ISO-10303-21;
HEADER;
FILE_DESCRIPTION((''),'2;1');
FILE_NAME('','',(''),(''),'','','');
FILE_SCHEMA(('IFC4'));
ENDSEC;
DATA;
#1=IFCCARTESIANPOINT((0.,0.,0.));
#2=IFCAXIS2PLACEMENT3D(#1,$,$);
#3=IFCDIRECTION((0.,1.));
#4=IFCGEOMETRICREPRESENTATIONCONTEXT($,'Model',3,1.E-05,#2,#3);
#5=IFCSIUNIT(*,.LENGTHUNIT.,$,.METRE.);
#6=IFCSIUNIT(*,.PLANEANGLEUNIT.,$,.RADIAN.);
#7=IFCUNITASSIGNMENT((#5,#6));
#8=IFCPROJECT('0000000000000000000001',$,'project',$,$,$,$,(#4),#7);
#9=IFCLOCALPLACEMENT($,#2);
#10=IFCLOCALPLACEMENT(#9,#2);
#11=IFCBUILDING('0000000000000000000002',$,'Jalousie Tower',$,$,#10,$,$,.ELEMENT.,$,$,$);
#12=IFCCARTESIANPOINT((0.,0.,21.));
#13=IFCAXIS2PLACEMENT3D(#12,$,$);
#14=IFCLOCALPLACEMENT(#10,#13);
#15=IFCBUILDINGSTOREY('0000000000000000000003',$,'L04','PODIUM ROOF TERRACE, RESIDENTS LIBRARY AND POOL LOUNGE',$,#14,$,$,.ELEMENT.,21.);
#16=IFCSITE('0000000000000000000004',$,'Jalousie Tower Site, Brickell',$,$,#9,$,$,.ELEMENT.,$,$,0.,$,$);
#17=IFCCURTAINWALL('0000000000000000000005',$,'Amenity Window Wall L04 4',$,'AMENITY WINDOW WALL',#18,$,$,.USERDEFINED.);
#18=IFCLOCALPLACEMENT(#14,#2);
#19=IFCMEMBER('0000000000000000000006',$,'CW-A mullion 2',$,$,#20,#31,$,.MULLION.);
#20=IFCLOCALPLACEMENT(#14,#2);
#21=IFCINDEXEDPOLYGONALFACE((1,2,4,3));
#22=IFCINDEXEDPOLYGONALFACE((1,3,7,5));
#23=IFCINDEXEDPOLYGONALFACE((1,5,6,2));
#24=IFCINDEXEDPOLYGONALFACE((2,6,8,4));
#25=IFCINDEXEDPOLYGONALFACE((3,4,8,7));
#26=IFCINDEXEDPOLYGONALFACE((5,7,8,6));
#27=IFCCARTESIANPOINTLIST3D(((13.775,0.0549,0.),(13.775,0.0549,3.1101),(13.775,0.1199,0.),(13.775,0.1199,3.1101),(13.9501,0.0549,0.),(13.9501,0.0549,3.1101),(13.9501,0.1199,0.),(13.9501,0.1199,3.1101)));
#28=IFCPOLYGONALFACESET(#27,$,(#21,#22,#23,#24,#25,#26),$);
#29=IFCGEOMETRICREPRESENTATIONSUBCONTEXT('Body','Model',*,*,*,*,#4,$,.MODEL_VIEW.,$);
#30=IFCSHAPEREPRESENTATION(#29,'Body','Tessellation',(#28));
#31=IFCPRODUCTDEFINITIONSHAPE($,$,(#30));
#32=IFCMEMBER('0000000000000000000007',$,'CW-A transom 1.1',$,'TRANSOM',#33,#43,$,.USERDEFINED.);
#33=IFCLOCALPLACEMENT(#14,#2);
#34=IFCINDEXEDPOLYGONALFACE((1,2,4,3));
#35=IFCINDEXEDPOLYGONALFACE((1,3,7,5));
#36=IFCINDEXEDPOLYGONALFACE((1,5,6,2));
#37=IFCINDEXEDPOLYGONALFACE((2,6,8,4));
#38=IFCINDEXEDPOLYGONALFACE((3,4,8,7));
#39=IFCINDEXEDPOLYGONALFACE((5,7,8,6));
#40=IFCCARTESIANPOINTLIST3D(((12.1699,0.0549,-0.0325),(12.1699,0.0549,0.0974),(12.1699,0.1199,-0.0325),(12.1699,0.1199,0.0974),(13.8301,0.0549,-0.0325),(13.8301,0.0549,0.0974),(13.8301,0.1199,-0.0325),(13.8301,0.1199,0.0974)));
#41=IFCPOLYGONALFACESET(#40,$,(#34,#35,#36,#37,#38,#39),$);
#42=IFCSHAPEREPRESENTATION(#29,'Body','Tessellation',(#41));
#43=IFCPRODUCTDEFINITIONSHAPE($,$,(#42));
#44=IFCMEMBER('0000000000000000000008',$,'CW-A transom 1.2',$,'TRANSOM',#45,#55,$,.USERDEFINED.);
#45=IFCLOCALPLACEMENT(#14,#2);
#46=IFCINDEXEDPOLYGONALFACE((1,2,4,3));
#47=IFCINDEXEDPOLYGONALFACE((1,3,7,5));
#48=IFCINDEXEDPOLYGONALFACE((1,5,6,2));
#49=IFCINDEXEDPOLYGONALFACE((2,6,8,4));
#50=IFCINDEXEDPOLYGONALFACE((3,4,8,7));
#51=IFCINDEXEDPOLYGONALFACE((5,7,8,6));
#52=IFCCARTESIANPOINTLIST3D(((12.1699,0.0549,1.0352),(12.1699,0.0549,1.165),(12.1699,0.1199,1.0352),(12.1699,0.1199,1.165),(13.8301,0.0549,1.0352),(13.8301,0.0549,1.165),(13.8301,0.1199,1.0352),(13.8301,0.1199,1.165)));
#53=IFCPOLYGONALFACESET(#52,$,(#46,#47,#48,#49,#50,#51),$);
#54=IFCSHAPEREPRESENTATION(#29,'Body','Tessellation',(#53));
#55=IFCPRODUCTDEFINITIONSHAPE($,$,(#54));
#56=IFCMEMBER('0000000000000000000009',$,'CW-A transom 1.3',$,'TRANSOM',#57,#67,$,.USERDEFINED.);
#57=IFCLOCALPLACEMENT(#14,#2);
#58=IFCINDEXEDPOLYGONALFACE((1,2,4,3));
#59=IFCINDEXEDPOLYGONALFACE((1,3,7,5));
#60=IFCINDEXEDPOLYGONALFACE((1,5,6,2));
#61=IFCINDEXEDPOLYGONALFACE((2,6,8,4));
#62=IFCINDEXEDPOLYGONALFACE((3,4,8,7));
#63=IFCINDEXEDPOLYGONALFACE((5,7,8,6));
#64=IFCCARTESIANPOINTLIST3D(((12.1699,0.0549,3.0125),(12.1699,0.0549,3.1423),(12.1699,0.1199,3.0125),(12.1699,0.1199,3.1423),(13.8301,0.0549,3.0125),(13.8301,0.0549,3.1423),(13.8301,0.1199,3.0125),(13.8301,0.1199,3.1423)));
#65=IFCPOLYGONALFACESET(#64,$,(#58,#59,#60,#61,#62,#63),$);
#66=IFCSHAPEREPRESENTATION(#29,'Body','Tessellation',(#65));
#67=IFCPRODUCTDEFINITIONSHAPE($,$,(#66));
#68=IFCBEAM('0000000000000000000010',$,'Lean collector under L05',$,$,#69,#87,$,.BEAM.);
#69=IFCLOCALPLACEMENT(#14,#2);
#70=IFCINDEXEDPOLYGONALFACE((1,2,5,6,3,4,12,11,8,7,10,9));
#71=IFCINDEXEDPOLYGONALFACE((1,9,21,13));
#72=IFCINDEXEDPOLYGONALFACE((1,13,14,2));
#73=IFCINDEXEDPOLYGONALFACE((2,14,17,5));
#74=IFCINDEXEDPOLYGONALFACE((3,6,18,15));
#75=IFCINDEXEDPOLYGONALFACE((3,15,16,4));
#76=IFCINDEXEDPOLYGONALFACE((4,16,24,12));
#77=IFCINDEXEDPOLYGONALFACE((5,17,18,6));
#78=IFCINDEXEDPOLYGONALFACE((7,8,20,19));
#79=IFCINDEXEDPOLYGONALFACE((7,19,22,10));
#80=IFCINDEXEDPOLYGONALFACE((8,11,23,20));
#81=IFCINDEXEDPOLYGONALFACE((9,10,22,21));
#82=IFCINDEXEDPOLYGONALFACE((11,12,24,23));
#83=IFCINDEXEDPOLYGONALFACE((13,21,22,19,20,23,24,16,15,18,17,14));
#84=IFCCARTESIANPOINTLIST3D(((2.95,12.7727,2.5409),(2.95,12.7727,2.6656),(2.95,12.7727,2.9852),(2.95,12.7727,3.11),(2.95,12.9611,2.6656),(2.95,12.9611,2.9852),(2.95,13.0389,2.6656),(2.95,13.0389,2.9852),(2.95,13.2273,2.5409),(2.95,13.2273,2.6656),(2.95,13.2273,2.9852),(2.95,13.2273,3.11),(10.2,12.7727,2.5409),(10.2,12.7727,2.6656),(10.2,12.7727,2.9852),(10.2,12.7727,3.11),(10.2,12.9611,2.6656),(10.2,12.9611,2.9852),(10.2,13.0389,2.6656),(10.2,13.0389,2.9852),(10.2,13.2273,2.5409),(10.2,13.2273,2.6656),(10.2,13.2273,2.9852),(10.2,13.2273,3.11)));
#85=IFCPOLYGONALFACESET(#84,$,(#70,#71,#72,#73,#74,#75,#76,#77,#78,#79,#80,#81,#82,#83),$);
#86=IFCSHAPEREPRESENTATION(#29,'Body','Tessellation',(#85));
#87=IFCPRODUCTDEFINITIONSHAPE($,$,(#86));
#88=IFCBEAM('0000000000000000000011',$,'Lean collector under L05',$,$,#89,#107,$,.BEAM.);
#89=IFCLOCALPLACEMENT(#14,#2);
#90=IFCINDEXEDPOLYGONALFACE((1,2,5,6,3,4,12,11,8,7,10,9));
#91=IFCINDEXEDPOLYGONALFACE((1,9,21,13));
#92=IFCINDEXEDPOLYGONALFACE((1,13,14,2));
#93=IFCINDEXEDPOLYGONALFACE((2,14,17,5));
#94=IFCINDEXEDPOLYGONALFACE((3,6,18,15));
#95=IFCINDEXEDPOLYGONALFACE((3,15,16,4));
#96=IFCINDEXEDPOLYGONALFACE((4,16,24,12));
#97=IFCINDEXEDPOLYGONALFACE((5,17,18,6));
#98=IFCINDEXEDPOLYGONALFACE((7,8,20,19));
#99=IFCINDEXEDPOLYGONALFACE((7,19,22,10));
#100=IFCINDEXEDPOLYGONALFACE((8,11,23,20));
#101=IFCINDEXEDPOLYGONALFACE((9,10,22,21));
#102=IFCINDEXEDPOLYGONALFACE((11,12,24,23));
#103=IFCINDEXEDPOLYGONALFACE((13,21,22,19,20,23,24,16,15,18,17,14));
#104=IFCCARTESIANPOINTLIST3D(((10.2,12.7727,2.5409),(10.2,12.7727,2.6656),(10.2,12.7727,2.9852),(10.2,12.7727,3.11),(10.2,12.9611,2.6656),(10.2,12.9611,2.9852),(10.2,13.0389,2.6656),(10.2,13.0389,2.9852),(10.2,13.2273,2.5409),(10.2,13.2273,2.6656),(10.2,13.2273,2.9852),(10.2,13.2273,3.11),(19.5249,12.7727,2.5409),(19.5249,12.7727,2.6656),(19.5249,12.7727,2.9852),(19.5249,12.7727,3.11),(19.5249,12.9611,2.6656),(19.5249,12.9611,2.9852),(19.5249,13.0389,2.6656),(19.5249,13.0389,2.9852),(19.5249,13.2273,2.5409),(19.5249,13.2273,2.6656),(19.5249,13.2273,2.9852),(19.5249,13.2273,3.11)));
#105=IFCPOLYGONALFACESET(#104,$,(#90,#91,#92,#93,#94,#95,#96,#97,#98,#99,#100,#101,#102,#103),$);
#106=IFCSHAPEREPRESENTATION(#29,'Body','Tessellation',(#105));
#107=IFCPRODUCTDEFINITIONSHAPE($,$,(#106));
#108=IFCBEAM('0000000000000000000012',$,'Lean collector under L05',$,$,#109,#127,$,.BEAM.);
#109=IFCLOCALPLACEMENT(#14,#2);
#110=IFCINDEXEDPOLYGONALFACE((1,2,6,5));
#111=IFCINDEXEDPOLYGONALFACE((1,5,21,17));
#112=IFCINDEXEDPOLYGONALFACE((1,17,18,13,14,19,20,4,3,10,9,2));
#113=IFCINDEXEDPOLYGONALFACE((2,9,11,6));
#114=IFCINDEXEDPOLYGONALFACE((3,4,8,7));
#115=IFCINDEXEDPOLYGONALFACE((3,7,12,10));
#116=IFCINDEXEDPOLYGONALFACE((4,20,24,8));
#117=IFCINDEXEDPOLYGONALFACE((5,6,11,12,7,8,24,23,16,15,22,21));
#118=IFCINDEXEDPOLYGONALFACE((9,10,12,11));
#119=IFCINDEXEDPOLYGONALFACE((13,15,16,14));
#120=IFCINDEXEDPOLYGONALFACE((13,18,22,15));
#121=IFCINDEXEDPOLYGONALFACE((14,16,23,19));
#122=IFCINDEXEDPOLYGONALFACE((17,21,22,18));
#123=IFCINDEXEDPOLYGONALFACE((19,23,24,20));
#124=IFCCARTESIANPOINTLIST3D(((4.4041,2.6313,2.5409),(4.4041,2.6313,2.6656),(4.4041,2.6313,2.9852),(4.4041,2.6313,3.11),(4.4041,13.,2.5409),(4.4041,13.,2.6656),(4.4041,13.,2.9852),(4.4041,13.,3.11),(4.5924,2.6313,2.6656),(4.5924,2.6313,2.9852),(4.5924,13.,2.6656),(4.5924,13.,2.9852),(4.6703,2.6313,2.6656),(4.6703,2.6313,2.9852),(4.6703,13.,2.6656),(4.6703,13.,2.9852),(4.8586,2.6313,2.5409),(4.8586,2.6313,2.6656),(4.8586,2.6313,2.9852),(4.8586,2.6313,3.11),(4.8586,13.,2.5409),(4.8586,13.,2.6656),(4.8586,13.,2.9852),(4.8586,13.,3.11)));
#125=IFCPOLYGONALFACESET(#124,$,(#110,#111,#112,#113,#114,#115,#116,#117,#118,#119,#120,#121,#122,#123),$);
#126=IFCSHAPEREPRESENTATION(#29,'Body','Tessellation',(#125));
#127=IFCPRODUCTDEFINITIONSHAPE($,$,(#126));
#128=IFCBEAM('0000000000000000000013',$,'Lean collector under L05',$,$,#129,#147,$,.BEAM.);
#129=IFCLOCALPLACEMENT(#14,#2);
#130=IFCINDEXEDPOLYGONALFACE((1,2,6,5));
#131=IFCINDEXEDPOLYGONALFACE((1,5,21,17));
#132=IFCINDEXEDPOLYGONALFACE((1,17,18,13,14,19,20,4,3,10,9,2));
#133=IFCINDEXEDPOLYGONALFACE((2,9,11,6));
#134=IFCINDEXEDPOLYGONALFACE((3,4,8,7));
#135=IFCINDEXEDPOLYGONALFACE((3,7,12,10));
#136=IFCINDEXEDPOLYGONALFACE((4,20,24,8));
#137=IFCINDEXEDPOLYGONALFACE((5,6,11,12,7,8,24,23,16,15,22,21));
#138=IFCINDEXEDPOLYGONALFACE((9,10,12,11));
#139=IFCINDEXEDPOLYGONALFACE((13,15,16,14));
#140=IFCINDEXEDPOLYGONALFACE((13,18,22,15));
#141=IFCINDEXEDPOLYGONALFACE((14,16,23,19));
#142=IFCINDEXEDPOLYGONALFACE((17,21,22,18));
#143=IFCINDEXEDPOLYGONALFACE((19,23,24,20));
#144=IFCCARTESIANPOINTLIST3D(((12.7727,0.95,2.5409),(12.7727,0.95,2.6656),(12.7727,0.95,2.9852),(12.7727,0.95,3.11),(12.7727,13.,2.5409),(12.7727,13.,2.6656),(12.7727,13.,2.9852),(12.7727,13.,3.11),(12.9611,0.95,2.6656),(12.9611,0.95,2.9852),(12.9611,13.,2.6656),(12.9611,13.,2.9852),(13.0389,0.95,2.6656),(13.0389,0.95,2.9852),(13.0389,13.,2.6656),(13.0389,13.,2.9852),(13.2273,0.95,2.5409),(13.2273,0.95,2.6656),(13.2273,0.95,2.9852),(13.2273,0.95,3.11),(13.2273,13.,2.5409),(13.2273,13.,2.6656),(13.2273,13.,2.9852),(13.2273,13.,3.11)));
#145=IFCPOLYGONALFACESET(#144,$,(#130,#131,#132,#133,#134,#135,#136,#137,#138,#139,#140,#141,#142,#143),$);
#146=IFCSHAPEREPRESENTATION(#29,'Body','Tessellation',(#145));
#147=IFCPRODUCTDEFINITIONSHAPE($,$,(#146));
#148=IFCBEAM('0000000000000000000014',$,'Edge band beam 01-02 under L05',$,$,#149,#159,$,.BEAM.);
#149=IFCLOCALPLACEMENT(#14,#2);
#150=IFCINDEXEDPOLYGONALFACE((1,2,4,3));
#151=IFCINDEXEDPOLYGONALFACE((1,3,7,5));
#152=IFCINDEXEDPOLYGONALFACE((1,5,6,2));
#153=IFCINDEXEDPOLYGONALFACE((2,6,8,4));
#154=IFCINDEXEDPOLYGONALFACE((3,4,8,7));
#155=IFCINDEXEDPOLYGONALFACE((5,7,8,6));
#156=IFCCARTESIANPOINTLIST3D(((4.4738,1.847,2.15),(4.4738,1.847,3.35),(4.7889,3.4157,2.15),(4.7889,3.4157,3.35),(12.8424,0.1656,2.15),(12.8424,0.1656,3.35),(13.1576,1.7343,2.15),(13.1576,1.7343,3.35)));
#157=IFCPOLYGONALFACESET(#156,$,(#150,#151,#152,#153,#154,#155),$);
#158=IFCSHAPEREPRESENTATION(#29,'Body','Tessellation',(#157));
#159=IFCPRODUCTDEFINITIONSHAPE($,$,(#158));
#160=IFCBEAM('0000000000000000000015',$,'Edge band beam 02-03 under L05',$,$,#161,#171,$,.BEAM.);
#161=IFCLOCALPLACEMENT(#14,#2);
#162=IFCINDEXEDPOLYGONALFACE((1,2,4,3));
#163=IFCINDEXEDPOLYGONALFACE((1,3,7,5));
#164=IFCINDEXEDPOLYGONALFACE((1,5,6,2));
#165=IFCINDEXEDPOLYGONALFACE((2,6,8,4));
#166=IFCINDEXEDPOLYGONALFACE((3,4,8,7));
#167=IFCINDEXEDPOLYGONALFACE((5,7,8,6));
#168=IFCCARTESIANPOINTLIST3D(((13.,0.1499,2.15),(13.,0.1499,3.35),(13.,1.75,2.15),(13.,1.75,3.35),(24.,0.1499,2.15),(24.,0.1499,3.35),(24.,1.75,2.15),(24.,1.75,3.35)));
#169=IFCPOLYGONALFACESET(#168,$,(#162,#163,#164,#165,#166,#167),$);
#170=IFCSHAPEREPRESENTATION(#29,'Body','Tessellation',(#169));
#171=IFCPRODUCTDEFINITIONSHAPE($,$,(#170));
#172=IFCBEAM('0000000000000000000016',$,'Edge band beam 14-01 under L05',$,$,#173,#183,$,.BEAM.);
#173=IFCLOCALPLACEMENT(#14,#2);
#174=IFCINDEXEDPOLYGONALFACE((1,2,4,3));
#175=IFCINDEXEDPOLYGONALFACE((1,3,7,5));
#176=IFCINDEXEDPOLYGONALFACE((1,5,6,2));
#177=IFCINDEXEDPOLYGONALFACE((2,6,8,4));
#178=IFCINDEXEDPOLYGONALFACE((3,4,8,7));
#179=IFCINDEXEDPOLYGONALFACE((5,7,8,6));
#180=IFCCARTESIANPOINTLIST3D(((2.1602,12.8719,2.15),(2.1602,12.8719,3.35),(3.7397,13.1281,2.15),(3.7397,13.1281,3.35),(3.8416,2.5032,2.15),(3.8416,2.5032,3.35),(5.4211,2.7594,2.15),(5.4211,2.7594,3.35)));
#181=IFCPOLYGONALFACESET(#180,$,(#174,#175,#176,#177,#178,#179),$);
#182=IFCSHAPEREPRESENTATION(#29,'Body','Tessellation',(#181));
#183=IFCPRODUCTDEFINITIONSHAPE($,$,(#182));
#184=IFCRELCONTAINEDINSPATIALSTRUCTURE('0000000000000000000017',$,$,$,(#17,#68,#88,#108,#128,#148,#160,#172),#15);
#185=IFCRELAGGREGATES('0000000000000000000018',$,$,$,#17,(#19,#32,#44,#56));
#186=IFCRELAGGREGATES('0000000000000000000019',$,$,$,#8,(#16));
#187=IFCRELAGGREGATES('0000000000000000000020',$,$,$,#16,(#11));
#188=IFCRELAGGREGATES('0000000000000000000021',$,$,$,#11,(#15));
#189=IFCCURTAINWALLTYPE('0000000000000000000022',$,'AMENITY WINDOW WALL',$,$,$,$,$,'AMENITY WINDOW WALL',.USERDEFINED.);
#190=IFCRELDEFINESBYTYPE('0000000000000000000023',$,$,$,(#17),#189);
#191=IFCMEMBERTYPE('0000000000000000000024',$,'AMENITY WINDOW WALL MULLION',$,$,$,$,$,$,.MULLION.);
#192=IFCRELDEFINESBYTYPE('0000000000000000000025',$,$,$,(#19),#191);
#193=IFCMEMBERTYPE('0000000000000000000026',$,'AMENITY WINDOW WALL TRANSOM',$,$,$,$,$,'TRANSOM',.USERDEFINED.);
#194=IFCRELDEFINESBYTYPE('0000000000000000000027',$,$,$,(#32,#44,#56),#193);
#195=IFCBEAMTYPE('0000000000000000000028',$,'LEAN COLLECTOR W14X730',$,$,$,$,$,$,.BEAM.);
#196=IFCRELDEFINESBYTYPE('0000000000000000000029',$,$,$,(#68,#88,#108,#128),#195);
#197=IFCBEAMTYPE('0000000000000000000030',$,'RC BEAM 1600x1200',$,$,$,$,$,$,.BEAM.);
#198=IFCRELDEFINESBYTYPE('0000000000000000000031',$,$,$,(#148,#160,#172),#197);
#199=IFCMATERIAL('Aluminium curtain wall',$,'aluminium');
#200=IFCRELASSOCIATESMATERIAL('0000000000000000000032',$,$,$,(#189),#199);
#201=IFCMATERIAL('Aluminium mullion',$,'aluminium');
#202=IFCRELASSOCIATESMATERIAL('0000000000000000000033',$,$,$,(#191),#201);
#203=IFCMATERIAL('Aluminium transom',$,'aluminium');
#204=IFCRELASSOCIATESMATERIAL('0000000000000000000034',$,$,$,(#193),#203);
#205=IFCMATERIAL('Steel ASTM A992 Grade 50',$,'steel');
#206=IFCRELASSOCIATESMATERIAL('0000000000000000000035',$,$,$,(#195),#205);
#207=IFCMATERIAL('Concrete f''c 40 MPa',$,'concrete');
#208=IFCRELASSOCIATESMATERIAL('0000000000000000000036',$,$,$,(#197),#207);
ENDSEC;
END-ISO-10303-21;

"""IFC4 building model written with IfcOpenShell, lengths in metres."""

from ifc_helpers import new_model, si_unit, direction, frame, origin, origin_2d, place, context, subcontext, project, spatial, rectangle, i_section, extrude, material, material_profile, profile_set, type_object, element, aggregate, save


model = new_model("IFC4")

# Units and contexts
model_context = context("Model", 3, precision=1e-05, world=origin(), true_north=direction((0.0, 1.0)))
body_context = subcontext(model_context, "Body", "Model", "MODEL_VIEW")
ifc_project = project(units=[si_unit("LENGTHUNIT", "METRE"), si_unit("PLANEANGLEUNIT", "RADIAN")], contexts=[model_context])

# Site, building, storey
site_placement = place(None, origin())
site = spatial("IfcSite", under=ifc_project, at=site_placement, Name="Jalousie Tower Site, Brickell", CompositionType="ELEMENT", RefElevation=0.0)
building_placement = place(site_placement, origin())
building = spatial("IfcBuilding", under=site, at=building_placement, Name="Jalousie Tower", CompositionType="ELEMENT")
storey_placement = place(building_placement, frame((0.0, 0.0, 21.0)))
storey = spatial("IfcBuildingStorey", under=building, at=storey_placement, Name="L04", Description="PODIUM ROOF TERRACE, RESIDENTS LIBRARY AND POOL LOUNGE", CompositionType="ELEMENT", Elevation=21.0)

# Curtain wall, members
ifc_material_1 = material(Name="Aluminium curtain wall", Category="aluminium")
curtain_wall_type_1 = type_object("IfcCurtainWallType", Name="AMENITY WINDOW WALL", ElementType="AMENITY WINDOW WALL", PredefinedType="USERDEFINED", material=ifc_material_1)
curtain_wall_1_placement = place(storey_placement, origin())
curtain_wall_1 = element("IfcCurtainWall", 1, at=curtain_wall_1_placement, inside=storey, type_object=curtain_wall_type_1, Name="Amenity Window Wall L04 4", ObjectType="AMENITY WINDOW WALL", PredefinedType="USERDEFINED")
ifc_material_2 = material(Name="Aluminium mullion", Category="aluminium")
ifc_material_profile_1 = material_profile(ifc_material_2, rectangle(XDim=0.0649, YDim=0.175, at=origin_2d()), Name="MULLION 65x175")
ifc_profile_set_1 = profile_set([ifc_material_profile_1], Name="Aluminium mullion")
member_type_1 = type_object("IfcMemberType", Name="AMENITY WINDOW WALL MULLION", PredefinedType="MULLION", material=ifc_profile_set_1)
member_1_placement = place(storey_placement, frame((13.8625, 0.0874, 0.0), z_axis=(0.0, 0.0, 1.0), x_axis=(0.0, 1.0, 0.0)))
member_1 = element("IfcMember", 2, at=member_1_placement, type_object=member_type_1, Name="CW-A mullion 2", PredefinedType="MULLION", context=body_context, shape_type="SweptSolid", body=[
    extrude(rectangle(XDim=0.0649, YDim=0.175, at=origin_2d()), origin(), (0.0, 0.0, 1.0), 3.1101),
])
ifc_material_3 = material(Name="Aluminium transom", Category="aluminium")
ifc_material_profile_2 = material_profile(ifc_material_3, rectangle(XDim=0.0649, YDim=0.1299, at=origin_2d()), Name="TRANSOM 65x130")
ifc_profile_set_2 = profile_set([ifc_material_profile_2], Name="Aluminium transom")
member_type_2 = type_object("IfcMemberType", Name="AMENITY WINDOW WALL TRANSOM", ElementType="TRANSOM", PredefinedType="USERDEFINED", material=ifc_profile_set_2)
member_2_placement = place(storey_placement, frame((12.1699, 0.0874, 0.0325), z_axis=(1.0, 0.0, 0.0), x_axis=(0.0, 1.0, 0.0)))
member_2 = element("IfcMember", 3, at=member_2_placement, type_object=member_type_2, Name="CW-A transom 1.1", ObjectType="TRANSOM", PredefinedType="USERDEFINED", context=body_context, shape_type="SweptSolid", body=[
    extrude(rectangle(XDim=0.0649, YDim=0.1299, at=origin_2d()), origin(), (0.0, 0.0, 1.0), 1.6602),
])
member_3_placement = place(storey_placement, frame((12.1699, 0.0874, 1.1001), z_axis=(1.0, 0.0, 0.0), x_axis=(0.0, 1.0, 0.0)))
member_3 = element("IfcMember", 4, at=member_3_placement, type_object=member_type_2, Name="CW-A transom 1.2", ObjectType="TRANSOM", PredefinedType="USERDEFINED", context=body_context, shape_type="SweptSolid", body=[
    extrude(rectangle(XDim=0.0649, YDim=0.1299, at=origin_2d()), origin(), (0.0, 0.0, 1.0), 1.6602),
])
member_4_placement = place(storey_placement, frame((12.1699, 0.0874, 3.0774), z_axis=(1.0, 0.0, 0.0), x_axis=(0.0, 1.0, 0.0)))
member_4 = element("IfcMember", 5, at=member_4_placement, type_object=member_type_2, Name="CW-A transom 1.3", ObjectType="TRANSOM", PredefinedType="USERDEFINED", context=body_context, shape_type="SweptSolid", body=[
    extrude(rectangle(XDim=0.0649, YDim=0.1299, at=origin_2d()), origin(), (0.0, 0.0, 1.0), 1.6602),
])

# Beams
ifc_material_4 = material(Name="Steel ASTM A992 Grade 50", Category="steel")
ifc_material_profile_3 = material_profile(ifc_material_4, i_section(OverallWidth=0.4546, OverallDepth=0.5691, WebThickness=0.0779, FlangeThickness=0.1248, at=origin_2d()), Name="W14X730")
ifc_profile_set_3 = profile_set([ifc_material_profile_3], Name="Steel ASTM A992 Grade 50")
beam_type_1 = type_object("IfcBeamType", Name="LEAN COLLECTOR W14X730", PredefinedType="BEAM", material=ifc_profile_set_3)
beam_1_placement = place(storey_placement, frame((2.95, 13.0, 2.8254), z_axis=(1.0, 0.0, 0.0), x_axis=(0.0, 1.0, 0.0)))
element("IfcBeam", 6, at=beam_1_placement, inside=storey, type_object=beam_type_1, Name="Lean collector under L05", PredefinedType="BEAM", context=body_context, shape_type="SweptSolid", body=[
    extrude(i_section(OverallWidth=0.4546, OverallDepth=0.5691, WebThickness=0.0779, FlangeThickness=0.1248, at=origin_2d()), origin(), (0.0, 0.0, 1.0), 7.25),
])
beam_2_placement = place(storey_placement, frame((10.2, 13.0, 2.8254), z_axis=(1.0, 0.0, 0.0), x_axis=(0.0, 1.0, 0.0)))
element("IfcBeam", 7, at=beam_2_placement, inside=storey, type_object=beam_type_1, Name="Lean collector under L05", PredefinedType="BEAM", context=body_context, shape_type="SweptSolid", body=[
    extrude(i_section(OverallWidth=0.4546, OverallDepth=0.5691, WebThickness=0.0779, FlangeThickness=0.1248, at=origin_2d()), origin(), (0.0, 0.0, 1.0), 9.325),
])
beam_3_placement = place(storey_placement, frame((4.6313, 2.6313, 2.8254), z_axis=(0.0, 1.0, 0.0), x_axis=(-1.0, 0.0, 0.0)))
element("IfcBeam", 8, at=beam_3_placement, inside=storey, type_object=beam_type_1, Name="Lean collector under L05", PredefinedType="BEAM", context=body_context, shape_type="SweptSolid", body=[
    extrude(i_section(OverallWidth=0.4546, OverallDepth=0.5691, WebThickness=0.0779, FlangeThickness=0.1248, at=origin_2d()), origin(), (0.0, 0.0, 1.0), 10.3687),
])
beam_4_placement = place(storey_placement, frame((13.0, 0.95, 2.8254), z_axis=(0.0, 1.0, 0.0), x_axis=(-1.0, 0.0, 0.0)))
element("IfcBeam", 9, at=beam_4_placement, inside=storey, type_object=beam_type_1, Name="Lean collector under L05", PredefinedType="BEAM", context=body_context, shape_type="SweptSolid", body=[
    extrude(i_section(OverallWidth=0.4546, OverallDepth=0.5691, WebThickness=0.0779, FlangeThickness=0.1248, at=origin_2d()), origin(), (0.0, 0.0, 1.0), 12.05),
])
ifc_material_5 = material(Name="Concrete f'c 40 MPa", Category="concrete")
ifc_material_profile_4 = material_profile(ifc_material_5, rectangle(XDim=1.6001, YDim=1.2, at=origin_2d()), Name="RC 1600x1200")
ifc_profile_set_4 = profile_set([ifc_material_profile_4], Name="Concrete f'c 40 MPa")
beam_type_2 = type_object("IfcBeamType", Name="RC BEAM 1600x1200", PredefinedType="BEAM", material=ifc_profile_set_4)
beam_5_placement = place(storey_placement, frame((4.6313, 2.6313, 2.75), z_axis=(0.980408, -0.19698, 0.0), x_axis=(0.19698, 0.980408, 0.0)))
element("IfcBeam", 10, at=beam_5_placement, inside=storey, type_object=beam_type_2, Name="Edge band beam 01-02 under L05", PredefinedType="BEAM", context=body_context, shape_type="SweptSolid", body=[
    extrude(rectangle(XDim=1.6001, YDim=1.2, at=origin_2d()), origin(), (0.0, 0.0, 1.0), 8.5359),
])
beam_6_placement = place(storey_placement, frame((13.0, 0.95, 2.75), z_axis=(1.0, 0.0, 0.0), x_axis=(0.0, 1.0, 0.0)))
element("IfcBeam", 11, at=beam_6_placement, inside=storey, type_object=beam_type_2, Name="Edge band beam 02-03 under L05", PredefinedType="BEAM", context=body_context, shape_type="SweptSolid", body=[
    extrude(rectangle(XDim=1.6001, YDim=1.2, at=origin_2d()), origin(), (0.0, 0.0, 1.0), 11.0),
])
beam_7_placement = place(storey_placement, frame((2.95, 13.0, 2.75), z_axis=(0.160071, -0.987106, 0.0), x_axis=(0.987106, 0.160071, 0.0)))
element("IfcBeam", 12, at=beam_7_placement, inside=storey, type_object=beam_type_2, Name="Edge band beam 14-01 under L05", PredefinedType="BEAM", context=body_context, shape_type="SweptSolid", body=[
    extrude(rectangle(XDim=1.6001, YDim=1.2, at=origin_2d()), origin(), (0.0, 0.0, 1.0), 10.5042),
])

aggregate(curtain_wall_1, [member_1, member_2, member_3, member_4])

save(model, "model.ifc")
